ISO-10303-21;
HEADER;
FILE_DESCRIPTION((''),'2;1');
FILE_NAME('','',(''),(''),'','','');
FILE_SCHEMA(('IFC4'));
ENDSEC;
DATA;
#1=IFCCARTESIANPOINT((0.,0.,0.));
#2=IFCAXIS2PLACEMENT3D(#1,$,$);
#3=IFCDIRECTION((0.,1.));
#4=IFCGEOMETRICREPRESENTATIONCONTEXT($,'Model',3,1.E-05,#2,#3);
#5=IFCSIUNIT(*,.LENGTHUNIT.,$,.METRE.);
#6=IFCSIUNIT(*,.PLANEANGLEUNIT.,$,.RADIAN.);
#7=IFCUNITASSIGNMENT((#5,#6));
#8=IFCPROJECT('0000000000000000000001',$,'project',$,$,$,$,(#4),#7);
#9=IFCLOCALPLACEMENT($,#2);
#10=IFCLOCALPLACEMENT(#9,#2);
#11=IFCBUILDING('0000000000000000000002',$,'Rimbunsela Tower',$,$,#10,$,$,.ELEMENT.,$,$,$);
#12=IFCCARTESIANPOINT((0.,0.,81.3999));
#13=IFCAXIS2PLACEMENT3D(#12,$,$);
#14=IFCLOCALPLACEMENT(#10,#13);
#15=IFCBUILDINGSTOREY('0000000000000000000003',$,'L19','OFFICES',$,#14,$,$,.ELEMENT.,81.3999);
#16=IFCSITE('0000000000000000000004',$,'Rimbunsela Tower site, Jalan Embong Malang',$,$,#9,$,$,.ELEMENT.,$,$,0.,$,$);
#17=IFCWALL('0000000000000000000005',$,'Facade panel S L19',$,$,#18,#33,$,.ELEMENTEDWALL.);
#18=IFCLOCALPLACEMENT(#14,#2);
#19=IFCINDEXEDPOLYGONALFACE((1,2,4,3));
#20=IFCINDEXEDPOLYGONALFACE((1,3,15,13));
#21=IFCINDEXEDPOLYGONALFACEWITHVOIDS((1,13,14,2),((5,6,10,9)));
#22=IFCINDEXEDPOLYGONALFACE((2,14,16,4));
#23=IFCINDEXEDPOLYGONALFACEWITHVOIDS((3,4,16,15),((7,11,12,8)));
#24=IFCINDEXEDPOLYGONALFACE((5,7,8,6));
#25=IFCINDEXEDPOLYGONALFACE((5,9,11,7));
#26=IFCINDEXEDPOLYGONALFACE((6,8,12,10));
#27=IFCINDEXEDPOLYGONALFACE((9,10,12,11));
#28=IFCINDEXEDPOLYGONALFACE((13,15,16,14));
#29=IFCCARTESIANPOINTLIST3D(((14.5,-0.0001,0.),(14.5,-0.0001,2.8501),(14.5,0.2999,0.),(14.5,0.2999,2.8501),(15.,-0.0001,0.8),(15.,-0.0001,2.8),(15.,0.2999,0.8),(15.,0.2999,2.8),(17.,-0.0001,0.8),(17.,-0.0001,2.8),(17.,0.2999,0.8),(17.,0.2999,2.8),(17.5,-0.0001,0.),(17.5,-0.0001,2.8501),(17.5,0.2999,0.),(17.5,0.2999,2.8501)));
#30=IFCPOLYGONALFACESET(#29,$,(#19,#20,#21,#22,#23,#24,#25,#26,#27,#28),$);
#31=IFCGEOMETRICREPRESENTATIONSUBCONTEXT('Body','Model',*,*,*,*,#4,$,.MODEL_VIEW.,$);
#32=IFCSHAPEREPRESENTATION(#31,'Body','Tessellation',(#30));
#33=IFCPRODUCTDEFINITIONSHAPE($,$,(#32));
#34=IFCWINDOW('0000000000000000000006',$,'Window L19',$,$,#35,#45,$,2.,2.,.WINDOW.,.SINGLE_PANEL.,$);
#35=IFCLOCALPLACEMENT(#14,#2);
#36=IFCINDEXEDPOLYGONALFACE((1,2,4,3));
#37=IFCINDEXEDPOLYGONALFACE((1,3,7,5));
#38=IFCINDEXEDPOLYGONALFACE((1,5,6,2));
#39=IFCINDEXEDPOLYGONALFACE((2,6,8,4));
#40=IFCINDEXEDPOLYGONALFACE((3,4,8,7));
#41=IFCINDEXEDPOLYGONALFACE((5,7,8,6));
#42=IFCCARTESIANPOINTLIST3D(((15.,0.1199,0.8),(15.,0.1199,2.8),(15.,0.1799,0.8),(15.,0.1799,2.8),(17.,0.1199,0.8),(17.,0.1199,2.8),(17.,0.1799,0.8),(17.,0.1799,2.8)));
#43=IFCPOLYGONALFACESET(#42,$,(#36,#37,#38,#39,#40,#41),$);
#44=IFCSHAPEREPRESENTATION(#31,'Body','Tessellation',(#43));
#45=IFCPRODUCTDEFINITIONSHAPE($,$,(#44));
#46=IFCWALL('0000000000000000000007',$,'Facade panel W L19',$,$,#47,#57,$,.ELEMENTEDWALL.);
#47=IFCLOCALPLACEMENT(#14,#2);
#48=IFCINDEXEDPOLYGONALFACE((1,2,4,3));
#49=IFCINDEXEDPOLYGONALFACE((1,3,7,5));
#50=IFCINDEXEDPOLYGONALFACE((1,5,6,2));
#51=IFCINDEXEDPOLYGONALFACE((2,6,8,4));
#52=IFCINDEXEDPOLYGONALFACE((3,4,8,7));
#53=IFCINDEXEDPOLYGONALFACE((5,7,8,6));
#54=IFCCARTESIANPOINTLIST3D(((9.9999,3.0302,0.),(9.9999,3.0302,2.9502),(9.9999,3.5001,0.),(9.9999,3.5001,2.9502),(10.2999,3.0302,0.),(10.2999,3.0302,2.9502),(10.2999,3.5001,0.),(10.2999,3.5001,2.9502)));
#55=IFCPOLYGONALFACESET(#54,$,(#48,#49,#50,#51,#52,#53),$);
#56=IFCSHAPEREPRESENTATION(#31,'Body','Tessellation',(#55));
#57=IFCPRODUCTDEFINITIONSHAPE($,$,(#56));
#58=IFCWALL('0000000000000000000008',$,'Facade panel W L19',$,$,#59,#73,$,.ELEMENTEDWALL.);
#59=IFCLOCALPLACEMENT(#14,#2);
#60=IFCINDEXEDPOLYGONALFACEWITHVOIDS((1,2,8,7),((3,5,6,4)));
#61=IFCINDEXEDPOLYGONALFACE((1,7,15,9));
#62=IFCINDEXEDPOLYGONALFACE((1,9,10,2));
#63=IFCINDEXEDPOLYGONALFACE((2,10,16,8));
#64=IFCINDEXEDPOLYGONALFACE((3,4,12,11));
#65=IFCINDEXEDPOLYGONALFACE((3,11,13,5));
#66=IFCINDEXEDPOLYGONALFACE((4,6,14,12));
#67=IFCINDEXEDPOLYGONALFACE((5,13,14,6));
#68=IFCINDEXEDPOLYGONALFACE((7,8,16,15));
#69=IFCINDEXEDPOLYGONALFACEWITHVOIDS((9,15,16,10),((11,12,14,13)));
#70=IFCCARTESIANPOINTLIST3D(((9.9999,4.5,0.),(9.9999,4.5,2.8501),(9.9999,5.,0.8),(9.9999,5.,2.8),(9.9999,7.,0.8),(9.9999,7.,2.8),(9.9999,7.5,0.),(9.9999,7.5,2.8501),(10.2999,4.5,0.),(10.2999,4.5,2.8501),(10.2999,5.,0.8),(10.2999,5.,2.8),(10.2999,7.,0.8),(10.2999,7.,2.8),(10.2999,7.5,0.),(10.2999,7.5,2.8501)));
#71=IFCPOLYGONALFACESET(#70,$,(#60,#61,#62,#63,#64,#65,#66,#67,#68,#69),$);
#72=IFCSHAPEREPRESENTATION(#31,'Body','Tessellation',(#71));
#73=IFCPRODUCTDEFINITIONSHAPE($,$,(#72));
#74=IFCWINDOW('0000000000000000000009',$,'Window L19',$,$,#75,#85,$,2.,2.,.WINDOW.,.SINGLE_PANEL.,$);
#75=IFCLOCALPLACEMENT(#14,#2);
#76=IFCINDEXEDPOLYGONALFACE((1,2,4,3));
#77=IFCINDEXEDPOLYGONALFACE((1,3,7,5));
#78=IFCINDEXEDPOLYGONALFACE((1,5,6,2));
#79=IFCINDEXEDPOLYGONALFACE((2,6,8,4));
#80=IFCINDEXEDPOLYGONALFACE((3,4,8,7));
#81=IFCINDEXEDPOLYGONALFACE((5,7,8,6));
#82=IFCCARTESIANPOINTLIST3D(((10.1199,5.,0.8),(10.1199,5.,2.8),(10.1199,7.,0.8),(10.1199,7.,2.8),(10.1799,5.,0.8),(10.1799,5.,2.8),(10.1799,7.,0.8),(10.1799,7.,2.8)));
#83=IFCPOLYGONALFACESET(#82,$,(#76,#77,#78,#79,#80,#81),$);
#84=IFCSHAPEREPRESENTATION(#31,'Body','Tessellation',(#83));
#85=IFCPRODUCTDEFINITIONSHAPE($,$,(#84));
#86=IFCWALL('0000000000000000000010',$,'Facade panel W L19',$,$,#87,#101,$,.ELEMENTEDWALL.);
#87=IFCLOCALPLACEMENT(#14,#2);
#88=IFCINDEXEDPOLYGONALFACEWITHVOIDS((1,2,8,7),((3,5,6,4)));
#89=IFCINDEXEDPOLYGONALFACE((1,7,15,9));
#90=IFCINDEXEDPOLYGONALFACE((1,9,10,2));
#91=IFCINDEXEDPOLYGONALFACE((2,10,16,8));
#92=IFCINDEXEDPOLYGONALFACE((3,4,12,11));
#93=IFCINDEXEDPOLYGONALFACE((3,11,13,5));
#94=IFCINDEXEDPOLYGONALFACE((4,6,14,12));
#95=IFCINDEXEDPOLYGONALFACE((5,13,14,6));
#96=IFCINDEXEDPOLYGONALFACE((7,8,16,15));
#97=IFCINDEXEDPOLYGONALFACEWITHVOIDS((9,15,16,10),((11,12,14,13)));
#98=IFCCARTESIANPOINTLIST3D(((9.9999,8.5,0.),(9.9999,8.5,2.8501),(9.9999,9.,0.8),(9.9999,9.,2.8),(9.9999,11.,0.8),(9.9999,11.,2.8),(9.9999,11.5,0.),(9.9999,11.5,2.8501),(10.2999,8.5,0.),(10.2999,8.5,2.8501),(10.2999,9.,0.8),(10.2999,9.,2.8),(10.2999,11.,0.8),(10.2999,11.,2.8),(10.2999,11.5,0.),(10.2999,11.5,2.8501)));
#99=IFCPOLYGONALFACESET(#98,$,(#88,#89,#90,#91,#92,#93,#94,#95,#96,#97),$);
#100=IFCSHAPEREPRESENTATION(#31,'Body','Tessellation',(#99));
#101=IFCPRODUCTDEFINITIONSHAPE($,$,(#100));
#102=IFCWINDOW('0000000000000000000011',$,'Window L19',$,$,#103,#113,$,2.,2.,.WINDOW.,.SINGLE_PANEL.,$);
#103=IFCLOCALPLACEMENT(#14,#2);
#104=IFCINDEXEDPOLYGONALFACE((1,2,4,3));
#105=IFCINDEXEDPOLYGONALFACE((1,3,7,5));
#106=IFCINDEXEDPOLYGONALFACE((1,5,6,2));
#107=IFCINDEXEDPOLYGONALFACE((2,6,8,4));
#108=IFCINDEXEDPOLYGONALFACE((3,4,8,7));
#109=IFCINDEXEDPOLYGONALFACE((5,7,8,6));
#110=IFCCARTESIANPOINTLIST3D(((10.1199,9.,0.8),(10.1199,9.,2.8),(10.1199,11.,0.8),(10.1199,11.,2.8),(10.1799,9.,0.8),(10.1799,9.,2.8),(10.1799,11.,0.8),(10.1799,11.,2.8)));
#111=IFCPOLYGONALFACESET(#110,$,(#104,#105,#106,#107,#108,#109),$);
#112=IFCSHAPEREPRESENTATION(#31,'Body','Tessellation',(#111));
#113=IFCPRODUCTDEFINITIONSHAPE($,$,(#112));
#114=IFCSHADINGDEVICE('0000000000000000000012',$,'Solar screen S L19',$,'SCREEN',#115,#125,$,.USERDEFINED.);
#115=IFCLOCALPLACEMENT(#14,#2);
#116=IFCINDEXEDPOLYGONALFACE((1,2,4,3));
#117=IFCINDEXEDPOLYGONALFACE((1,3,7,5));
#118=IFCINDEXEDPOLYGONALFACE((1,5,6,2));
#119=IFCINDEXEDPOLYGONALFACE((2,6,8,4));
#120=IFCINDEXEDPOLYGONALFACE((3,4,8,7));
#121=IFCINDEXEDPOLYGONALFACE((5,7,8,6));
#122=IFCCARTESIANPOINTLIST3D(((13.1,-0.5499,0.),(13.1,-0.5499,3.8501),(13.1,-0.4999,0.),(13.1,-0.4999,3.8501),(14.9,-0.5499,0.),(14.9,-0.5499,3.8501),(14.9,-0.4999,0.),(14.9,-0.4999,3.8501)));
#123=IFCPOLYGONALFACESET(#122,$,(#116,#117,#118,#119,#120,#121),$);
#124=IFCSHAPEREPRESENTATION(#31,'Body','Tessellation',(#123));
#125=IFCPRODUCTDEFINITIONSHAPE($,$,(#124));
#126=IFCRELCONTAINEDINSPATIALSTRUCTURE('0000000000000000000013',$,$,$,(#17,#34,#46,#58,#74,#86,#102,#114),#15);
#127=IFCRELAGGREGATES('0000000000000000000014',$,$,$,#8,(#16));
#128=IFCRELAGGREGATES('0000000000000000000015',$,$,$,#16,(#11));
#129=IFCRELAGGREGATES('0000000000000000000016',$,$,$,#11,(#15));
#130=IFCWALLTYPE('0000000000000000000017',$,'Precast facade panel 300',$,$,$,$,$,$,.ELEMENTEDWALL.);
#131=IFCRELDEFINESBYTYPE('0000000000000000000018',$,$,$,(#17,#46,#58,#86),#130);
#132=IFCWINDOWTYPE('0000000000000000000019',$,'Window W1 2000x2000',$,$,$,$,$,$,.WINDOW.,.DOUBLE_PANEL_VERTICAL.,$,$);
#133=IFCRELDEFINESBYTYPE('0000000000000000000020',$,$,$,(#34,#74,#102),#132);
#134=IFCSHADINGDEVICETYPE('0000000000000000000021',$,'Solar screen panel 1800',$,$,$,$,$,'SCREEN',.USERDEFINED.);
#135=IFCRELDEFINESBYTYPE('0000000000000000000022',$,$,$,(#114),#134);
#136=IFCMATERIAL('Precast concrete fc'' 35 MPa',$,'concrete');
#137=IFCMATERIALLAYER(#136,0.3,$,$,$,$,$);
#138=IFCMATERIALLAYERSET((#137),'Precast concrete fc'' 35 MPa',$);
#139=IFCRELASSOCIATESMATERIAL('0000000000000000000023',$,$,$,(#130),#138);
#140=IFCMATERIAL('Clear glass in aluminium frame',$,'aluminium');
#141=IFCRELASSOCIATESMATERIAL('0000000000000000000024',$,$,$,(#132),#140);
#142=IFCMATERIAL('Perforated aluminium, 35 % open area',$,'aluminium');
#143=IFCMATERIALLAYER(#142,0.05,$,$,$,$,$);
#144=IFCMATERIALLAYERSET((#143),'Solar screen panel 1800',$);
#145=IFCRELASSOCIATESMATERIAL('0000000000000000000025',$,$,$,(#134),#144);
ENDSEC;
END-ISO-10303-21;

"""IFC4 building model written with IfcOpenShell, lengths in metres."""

from ifc_helpers import new_model, si_unit, direction, frame, frame_2d, origin, origin_2d, place, context, subcontext, project, spatial, rectangle, extrude, material, layer, layer_set, type_object, element, fill, save


model = new_model("IFC4")

# Units and contexts
model_context = context("Model", 3, precision=1e-05, world=origin(), true_north=direction((0.0, 1.0)))
body_context = subcontext(model_context, "Body", "Model", "MODEL_VIEW")
ifc_project = project(units=[si_unit("LENGTHUNIT", "METRE"), si_unit("PLANEANGLEUNIT", "RADIAN")], contexts=[model_context])

# Site, building, storey
site_placement = place(None, origin())
site = spatial("IfcSite", under=ifc_project, at=site_placement, Name="Rimbunsela Tower site, Jalan Embong Malang", CompositionType="ELEMENT", RefElevation=0.0)
building_placement = place(site_placement, origin())
building = spatial("IfcBuilding", under=site, at=building_placement, Name="Rimbunsela Tower", CompositionType="ELEMENT")
storey_placement = place(building_placement, frame((0.0, 0.0, 81.3999)))
storey = spatial("IfcBuildingStorey", under=building, at=storey_placement, Name="L19", Description="OFFICES", CompositionType="ELEMENT", Elevation=81.3999)

# Shared definitions
ifc_material_1 = material(Name="Precast concrete fc' 35 MPa", Category="concrete")
ifc_layer_1 = layer(ifc_material_1, 0.3)
ifc_layer_set_1 = layer_set([ifc_layer_1], Name="Precast concrete fc' 35 MPa")
wall_type_1 = type_object("IfcWallType", Name="Precast facade panel 300", PredefinedType="ELEMENTEDWALL", material=ifc_layer_set_1)

# Wall, opening, window
wall_1_placement = place(storey_placement, frame((14.5, 0.1499, 0.0), z_axis=(0.0, 0.0, 1.0), x_axis=(1.0, 0.0, 0.0)))
wall_1 = element("IfcWall", 1, at=wall_1_placement, inside=storey, type_object=wall_type_1, Name="Facade panel S L19", PredefinedType="ELEMENTEDWALL", context=body_context, shape_type="SweptSolid", body=[
    extrude(rectangle(XDim=3.0, YDim=0.3, at=frame_2d((1.5, 0.0))), origin(), (0.0, 0.0, 1.0), 2.8501),
])
opening_1_placement = place(wall_1_placement, frame((0.5, 0.0, 0.8)))
opening_1 = element("IfcOpeningElement", 2, at=opening_1_placement, cuts=wall_1, PredefinedType="OPENING", context=body_context, shape_type="SweptSolid", body=[
    extrude(rectangle(XDim=2.0, YDim=2.0, at=frame_2d((1.0, 1.0))), frame((0.0, 0.1599, 0.0), z_axis=(0.0, -1.0, 0.0), x_axis=(1.0, 0.0, 0.0)), (0.0, 0.0, 1.0), 0.3201),
])
ifc_material_2 = material(Name="Clear glass in aluminium frame", Category="aluminium")
window_type = type_object("IfcWindowType", Name="Window W1 2000x2000", PartitioningType="DOUBLE_PANEL_VERTICAL", PredefinedType="WINDOW", material=ifc_material_2)
window_1_placement = place(opening_1_placement, origin())
window_1 = element("IfcWindow", 3, at=window_1_placement, inside=storey, type_object=window_type, Name="Window L19", OverallHeight=2.0, OverallWidth=2.0, PartitioningType="SINGLE_PANEL", PredefinedType="WINDOW", context=body_context, shape_type="SweptSolid", body=[
    extrude(rectangle(XDim=2.0, YDim=2.0, at=frame_2d((1.0, 1.0))), frame((0.0, 0.03, 0.0), z_axis=(0.0, -1.0, 0.0), x_axis=(1.0, 0.0, 0.0)), (0.0, 0.0, 1.0), 0.0601),
])
fill(opening_1, window_1)

# Wall
wall_2_placement = place(storey_placement, frame((10.1499, 3.5, 0.0), z_axis=(0.0, 0.0, 1.0), x_axis=(0.0, -1.0, 0.0)))
element("IfcWall", 4, at=wall_2_placement, inside=storey, type_object=wall_type_1, Name="Facade panel W L19", PredefinedType="ELEMENTEDWALL", context=body_context, shape_type="SweptSolid", body=[
    extrude(rectangle(XDim=0.47, YDim=0.3, at=frame_2d((0.2349, 0.0))), origin(), (0.0, 0.0, 1.0), 2.9502),
])

# Walls, openings, windows
wall_3_placement = place(storey_placement, frame((10.1499, 7.5, 0.0), z_axis=(0.0, 0.0, 1.0), x_axis=(0.0, -1.0, 0.0)))
wall_3 = element("IfcWall", 5, at=wall_3_placement, inside=storey, type_object=wall_type_1, Name="Facade panel W L19", PredefinedType="ELEMENTEDWALL", context=body_context, shape_type="SweptSolid", body=[
    extrude(rectangle(XDim=3.0, YDim=0.3, at=frame_2d((1.5, 0.0))), origin(), (0.0, 0.0, 1.0), 2.8501),
])
opening_2_placement = place(wall_3_placement, frame((0.5, 0.0, 0.8)))
opening_2 = element("IfcOpeningElement", 6, at=opening_2_placement, cuts=wall_3, PredefinedType="OPENING", context=body_context, shape_type="SweptSolid", body=[
    extrude(rectangle(XDim=2.0, YDim=2.0, at=frame_2d((1.0, 1.0))), frame((0.0, 0.1599, 0.0), z_axis=(0.0, -1.0, 0.0), x_axis=(1.0, 0.0, 0.0)), (0.0, 0.0, 1.0), 0.3201),
])
window_2_placement = place(opening_2_placement, origin())
window_2 = element("IfcWindow", 7, at=window_2_placement, inside=storey, type_object=window_type, Name="Window L19", OverallHeight=2.0, OverallWidth=2.0, PartitioningType="SINGLE_PANEL", PredefinedType="WINDOW", context=body_context, shape_type="SweptSolid", body=[
    extrude(rectangle(XDim=2.0, YDim=2.0, at=frame_2d((1.0, 1.0))), frame((0.0, 0.03, 0.0), z_axis=(0.0, -1.0, 0.0), x_axis=(1.0, 0.0, 0.0)), (0.0, 0.0, 1.0), 0.0601),
])
fill(opening_2, window_2)
wall_4_placement = place(storey_placement, frame((10.1499, 11.5, 0.0), z_axis=(0.0, 0.0, 1.0), x_axis=(0.0, -1.0, 0.0)))
wall_4 = element("IfcWall", 8, at=wall_4_placement, inside=storey, type_object=wall_type_1, Name="Facade panel W L19", PredefinedType="ELEMENTEDWALL", context=body_context, shape_type="SweptSolid", body=[
    extrude(rectangle(XDim=3.0, YDim=0.3, at=frame_2d((1.5, 0.0))), origin(), (0.0, 0.0, 1.0), 2.8501),
])
opening_3_placement = place(wall_4_placement, frame((0.5, 0.0, 0.8)))
opening_3 = element("IfcOpeningElement", 9, at=opening_3_placement, cuts=wall_4, PredefinedType="OPENING", context=body_context, shape_type="SweptSolid", body=[
    extrude(rectangle(XDim=2.0, YDim=2.0, at=frame_2d((1.0, 1.0))), frame((0.0, 0.1599, 0.0), z_axis=(0.0, -1.0, 0.0), x_axis=(1.0, 0.0, 0.0)), (0.0, 0.0, 1.0), 0.3201),
])
window_3_placement = place(opening_3_placement, origin())
window_3 = element("IfcWindow", 10, at=window_3_placement, inside=storey, type_object=window_type, Name="Window L19", OverallHeight=2.0, OverallWidth=2.0, PartitioningType="SINGLE_PANEL", PredefinedType="WINDOW", context=body_context, shape_type="SweptSolid", body=[
    extrude(rectangle(XDim=2.0, YDim=2.0, at=frame_2d((1.0, 1.0))), frame((0.0, 0.03, 0.0), z_axis=(0.0, -1.0, 0.0), x_axis=(1.0, 0.0, 0.0)), (0.0, 0.0, 1.0), 0.0601),
])
fill(opening_3, window_3)

# Shading device
ifc_material_3 = material(Name="Perforated aluminium, 35 % open area", Category="aluminium")
ifc_layer_2 = layer(ifc_material_3, 0.05)
ifc_layer_set_2 = layer_set([ifc_layer_2], Name="Solar screen panel 1800")
shading_device_type = type_object("IfcShadingDeviceType", Name="Solar screen panel 1800", ElementType="SCREEN", PredefinedType="USERDEFINED", material=ifc_layer_set_2)
shading_device_placement = place(storey_placement, frame((14.0, -0.5249, 0.0), z_axis=(0.0, 0.0, 1.0), x_axis=(1.0, 0.0, 0.0)))
element("IfcShadingDevice", 11, at=shading_device_placement, inside=storey, type_object=shading_device_type, Name="Solar screen S L19", ObjectType="SCREEN", PredefinedType="USERDEFINED", context=body_context, shape_type="SweptSolid", body=[
    extrude(rectangle(XDim=1.8, YDim=0.05, at=origin_2d()), origin(), (0.0, 0.0, 1.0), 3.8501),
])

save(model, "model.ifc")
